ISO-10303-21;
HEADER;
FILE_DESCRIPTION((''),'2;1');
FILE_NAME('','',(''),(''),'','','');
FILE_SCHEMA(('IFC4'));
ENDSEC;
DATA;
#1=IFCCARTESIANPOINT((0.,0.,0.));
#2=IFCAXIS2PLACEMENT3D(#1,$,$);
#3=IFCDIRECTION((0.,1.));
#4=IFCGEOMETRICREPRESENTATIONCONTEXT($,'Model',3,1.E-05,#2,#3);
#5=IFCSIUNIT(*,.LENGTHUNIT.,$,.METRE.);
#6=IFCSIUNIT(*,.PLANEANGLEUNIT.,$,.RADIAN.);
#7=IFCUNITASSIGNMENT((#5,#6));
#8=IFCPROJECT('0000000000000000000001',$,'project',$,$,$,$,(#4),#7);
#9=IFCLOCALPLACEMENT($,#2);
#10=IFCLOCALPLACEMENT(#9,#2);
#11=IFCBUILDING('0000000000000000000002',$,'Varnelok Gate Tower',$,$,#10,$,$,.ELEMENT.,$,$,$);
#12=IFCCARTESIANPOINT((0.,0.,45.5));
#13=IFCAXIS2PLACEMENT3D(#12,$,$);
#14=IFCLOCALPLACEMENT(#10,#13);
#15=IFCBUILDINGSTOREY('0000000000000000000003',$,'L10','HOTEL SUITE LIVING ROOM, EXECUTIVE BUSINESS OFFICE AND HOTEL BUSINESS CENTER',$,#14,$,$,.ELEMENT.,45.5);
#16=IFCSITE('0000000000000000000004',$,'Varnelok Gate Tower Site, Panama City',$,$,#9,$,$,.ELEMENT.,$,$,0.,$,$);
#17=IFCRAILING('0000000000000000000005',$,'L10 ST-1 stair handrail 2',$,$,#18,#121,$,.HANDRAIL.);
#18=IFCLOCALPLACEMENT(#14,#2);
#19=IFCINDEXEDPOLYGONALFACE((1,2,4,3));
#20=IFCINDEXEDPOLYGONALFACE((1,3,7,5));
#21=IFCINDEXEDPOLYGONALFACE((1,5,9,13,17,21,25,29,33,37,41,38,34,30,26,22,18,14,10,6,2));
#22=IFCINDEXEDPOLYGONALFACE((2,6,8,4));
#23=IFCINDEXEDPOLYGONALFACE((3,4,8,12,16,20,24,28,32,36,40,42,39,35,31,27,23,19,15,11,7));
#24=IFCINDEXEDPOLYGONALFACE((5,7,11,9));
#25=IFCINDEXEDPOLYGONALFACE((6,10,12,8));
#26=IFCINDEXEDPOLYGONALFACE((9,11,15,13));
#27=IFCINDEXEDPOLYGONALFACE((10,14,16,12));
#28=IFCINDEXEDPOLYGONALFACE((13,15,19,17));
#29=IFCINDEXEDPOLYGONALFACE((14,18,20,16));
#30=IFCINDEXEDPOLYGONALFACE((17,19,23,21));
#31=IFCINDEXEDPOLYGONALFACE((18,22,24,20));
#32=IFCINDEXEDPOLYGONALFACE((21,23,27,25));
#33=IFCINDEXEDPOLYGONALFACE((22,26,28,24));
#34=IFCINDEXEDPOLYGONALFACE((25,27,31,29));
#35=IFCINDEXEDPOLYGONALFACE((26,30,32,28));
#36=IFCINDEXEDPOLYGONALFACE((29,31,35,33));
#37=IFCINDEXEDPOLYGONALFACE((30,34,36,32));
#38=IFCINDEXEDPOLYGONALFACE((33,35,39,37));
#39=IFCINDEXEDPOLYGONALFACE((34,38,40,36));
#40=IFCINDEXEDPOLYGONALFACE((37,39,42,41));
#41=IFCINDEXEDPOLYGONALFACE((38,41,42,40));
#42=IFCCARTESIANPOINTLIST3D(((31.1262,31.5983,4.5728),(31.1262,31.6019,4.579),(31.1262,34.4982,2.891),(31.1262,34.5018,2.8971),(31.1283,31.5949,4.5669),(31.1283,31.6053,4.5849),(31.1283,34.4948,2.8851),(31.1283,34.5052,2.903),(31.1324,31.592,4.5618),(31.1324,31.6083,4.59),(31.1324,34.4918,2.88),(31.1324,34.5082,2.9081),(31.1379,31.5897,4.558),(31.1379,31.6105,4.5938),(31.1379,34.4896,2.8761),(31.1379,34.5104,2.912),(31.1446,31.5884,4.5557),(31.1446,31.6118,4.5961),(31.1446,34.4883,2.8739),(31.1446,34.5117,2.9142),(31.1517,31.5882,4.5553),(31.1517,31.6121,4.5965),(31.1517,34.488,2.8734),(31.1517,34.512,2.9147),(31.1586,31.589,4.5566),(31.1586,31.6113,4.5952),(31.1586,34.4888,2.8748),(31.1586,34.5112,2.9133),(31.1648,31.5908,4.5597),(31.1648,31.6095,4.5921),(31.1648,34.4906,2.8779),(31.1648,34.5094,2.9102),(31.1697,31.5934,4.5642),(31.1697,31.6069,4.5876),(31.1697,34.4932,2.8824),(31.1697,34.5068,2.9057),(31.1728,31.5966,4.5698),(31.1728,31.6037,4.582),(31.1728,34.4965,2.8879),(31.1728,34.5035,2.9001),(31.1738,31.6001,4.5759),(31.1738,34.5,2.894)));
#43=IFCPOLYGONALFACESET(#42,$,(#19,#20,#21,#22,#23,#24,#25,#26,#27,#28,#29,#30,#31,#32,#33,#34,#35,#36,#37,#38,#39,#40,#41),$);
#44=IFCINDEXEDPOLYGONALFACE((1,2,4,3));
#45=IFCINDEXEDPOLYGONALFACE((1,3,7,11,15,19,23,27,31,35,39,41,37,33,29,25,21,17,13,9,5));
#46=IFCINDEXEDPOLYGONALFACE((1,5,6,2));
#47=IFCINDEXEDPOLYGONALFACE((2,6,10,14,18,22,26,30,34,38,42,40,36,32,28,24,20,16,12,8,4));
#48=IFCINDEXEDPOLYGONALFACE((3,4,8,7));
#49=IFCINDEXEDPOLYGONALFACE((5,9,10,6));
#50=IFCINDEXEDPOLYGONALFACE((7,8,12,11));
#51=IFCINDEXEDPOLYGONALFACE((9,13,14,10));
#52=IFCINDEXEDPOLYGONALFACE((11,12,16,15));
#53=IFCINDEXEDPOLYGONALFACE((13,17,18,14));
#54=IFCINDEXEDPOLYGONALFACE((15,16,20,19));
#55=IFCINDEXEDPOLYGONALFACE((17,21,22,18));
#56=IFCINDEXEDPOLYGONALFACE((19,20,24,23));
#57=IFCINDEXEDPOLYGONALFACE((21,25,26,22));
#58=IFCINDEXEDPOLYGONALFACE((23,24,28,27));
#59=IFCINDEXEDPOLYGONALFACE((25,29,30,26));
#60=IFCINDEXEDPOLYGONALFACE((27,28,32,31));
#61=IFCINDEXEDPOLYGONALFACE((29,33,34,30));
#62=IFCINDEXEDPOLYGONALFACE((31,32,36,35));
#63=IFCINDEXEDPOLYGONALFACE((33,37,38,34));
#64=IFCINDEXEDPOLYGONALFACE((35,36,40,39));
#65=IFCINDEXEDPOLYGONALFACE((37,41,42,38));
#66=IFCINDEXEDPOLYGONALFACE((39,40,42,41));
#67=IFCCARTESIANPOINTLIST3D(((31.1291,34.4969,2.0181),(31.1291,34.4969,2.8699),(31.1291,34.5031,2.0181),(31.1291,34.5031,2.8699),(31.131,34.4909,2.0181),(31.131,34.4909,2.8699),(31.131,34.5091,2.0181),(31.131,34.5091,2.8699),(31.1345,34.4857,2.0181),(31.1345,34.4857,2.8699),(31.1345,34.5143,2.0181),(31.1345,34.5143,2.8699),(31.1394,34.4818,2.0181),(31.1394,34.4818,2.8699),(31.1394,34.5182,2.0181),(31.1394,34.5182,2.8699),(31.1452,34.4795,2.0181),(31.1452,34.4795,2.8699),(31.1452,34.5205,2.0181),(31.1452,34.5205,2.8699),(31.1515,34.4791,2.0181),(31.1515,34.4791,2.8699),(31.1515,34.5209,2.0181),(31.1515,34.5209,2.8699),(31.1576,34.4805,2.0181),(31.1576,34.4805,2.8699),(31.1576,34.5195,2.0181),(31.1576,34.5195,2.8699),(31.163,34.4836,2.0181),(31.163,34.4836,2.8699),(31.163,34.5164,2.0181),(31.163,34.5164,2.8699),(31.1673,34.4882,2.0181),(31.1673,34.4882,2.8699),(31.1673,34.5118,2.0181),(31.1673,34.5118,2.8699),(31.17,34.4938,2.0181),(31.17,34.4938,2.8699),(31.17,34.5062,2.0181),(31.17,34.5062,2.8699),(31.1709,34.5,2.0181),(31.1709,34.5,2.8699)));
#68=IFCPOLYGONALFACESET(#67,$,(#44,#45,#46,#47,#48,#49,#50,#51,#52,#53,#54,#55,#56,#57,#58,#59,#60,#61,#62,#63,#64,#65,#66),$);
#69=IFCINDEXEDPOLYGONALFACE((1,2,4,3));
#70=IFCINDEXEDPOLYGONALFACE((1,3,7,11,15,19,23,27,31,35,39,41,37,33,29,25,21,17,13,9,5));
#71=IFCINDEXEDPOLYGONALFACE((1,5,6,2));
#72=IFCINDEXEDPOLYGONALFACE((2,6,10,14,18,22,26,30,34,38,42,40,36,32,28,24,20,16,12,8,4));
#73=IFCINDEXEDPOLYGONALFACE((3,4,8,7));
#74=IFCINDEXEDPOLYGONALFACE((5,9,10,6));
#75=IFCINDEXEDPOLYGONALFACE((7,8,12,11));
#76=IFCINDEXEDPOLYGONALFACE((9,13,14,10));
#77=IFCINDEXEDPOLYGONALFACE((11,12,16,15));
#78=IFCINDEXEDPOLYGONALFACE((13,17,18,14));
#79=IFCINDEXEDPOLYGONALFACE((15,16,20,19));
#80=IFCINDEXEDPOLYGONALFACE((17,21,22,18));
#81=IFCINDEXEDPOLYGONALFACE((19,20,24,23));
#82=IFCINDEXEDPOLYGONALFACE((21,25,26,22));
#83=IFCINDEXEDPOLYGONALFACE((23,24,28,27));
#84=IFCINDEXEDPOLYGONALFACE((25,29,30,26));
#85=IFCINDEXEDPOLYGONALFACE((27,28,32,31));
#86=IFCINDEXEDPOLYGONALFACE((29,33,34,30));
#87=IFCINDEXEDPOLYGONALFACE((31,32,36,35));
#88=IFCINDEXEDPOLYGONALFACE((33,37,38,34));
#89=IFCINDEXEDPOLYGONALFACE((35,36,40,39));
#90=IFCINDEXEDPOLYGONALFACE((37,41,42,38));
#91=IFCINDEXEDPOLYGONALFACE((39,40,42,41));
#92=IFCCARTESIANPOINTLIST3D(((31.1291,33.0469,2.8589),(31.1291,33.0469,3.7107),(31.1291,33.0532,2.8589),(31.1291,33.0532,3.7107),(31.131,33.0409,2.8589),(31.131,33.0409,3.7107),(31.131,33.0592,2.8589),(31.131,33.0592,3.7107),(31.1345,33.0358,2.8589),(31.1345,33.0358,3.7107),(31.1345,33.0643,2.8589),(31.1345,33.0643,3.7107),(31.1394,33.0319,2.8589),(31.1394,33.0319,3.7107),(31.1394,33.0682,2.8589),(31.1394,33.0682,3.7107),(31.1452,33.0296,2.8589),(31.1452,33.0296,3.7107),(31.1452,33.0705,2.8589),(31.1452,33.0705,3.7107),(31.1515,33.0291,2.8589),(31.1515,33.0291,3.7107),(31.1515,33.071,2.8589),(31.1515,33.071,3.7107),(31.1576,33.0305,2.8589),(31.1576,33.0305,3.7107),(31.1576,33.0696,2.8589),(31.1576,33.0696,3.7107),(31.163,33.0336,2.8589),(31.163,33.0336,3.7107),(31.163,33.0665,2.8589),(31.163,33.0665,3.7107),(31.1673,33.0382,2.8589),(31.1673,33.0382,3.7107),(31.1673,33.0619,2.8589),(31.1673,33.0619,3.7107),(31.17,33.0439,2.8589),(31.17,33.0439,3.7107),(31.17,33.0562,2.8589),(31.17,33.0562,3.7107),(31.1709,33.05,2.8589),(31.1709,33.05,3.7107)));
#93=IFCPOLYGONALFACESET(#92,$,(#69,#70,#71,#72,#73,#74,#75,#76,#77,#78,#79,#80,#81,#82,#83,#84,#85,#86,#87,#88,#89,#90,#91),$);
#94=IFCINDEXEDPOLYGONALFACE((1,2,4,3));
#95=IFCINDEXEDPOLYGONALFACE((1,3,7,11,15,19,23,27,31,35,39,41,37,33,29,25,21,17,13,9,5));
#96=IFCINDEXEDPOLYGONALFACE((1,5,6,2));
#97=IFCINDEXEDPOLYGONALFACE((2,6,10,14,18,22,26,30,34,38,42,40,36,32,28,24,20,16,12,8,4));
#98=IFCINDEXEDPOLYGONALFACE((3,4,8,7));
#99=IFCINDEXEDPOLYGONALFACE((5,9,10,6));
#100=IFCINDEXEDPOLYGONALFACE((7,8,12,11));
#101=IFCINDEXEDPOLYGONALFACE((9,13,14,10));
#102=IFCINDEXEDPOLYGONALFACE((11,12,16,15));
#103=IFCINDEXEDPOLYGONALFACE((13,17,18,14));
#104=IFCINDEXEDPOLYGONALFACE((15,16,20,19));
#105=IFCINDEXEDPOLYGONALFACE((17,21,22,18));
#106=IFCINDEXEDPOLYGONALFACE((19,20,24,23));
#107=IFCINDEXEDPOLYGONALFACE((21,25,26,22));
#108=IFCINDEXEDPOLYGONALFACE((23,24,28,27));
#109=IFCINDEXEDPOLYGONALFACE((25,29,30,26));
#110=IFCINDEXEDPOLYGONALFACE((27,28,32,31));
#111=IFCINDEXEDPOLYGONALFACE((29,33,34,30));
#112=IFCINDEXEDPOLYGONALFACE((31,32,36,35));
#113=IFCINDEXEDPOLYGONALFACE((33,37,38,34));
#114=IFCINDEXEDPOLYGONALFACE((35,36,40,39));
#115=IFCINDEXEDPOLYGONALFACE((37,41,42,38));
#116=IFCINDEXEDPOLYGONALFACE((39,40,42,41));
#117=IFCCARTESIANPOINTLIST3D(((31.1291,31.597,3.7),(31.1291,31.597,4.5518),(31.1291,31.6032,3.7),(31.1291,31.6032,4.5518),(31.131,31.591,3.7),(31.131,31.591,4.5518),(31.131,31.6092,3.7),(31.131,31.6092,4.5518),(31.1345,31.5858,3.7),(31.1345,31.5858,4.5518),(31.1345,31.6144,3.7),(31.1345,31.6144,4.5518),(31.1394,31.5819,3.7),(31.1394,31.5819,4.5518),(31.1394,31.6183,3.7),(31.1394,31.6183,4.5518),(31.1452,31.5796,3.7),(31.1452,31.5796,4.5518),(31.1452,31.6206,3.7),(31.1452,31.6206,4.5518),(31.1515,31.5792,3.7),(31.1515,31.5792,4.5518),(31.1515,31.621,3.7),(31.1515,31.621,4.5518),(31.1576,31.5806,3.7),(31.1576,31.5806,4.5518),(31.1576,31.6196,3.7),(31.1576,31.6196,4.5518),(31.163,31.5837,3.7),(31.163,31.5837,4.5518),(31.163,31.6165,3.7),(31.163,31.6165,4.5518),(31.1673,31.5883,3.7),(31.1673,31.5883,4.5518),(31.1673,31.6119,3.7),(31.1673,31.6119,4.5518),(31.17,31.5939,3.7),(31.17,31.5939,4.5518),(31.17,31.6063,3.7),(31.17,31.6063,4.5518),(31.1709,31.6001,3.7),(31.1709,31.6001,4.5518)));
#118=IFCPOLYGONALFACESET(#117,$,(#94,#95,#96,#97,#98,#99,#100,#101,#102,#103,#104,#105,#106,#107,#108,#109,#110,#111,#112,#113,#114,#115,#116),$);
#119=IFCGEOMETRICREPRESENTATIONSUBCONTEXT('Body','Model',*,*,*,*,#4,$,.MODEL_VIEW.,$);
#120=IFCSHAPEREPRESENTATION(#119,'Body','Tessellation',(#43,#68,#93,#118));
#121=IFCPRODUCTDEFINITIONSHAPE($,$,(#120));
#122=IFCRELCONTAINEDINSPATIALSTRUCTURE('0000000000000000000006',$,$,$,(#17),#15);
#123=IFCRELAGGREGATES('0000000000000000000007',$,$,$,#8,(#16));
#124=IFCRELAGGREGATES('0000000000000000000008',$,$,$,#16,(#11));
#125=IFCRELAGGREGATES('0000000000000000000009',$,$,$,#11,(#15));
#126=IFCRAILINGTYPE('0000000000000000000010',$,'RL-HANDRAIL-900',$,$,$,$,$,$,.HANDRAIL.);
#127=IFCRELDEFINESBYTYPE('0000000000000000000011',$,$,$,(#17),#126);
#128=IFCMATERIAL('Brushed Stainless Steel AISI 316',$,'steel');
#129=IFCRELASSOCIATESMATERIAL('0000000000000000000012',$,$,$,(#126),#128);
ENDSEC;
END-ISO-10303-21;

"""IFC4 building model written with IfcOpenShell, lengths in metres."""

from ifc_helpers import new_model, si_unit, direction, frame, origin, origin_2d, place, context, subcontext, project, spatial, circle, extrude, material, type_object, element, save


model = new_model("IFC4")

# Units and contexts
model_context = context("Model", 3, precision=1e-05, world=origin(), true_north=direction((0.0, 1.0)))
body_context = subcontext(model_context, "Body", "Model", "MODEL_VIEW")
ifc_project = project(units=[si_unit("LENGTHUNIT", "METRE"), si_unit("PLANEANGLEUNIT", "RADIAN")], contexts=[model_context])

# Site, building, storey
site_placement = place(None, origin())
site = spatial("IfcSite", under=ifc_project, at=site_placement, Name="Varnelok Gate Tower Site, Panama City", CompositionType="ELEMENT", RefElevation=0.0)
building_placement = place(site_placement, origin())
building = spatial("IfcBuilding", under=site, at=building_placement, Name="Varnelok Gate Tower", CompositionType="ELEMENT")
storey_placement = place(building_placement, frame((0.0, 0.0, 45.5)))
storey = spatial("IfcBuildingStorey", under=building, at=storey_placement, Name="L10", Description="HOTEL SUITE LIVING ROOM, EXECUTIVE BUSINESS OFFICE AND HOTEL BUSINESS CENTER", CompositionType="ELEMENT", Elevation=45.5)

# Railing
ifc_material_1 = material(Name="Brushed Stainless Steel AISI 316", Category="steel")
railing_type_1 = type_object("IfcRailingType", Name="RL-HANDRAIL-900", PredefinedType="HANDRAIL", material=ifc_material_1)
railing_1_placement = place(storey_placement, frame((31.1499, 34.5, 2.0181)))
element("IfcRailing", 1, at=railing_1_placement, inside=storey, type_object=railing_type_1, Name="L10 ST-1 stair handrail 2", PredefinedType="HANDRAIL", context=body_context, shape_type="SweptSolid", body=[
    extrude(circle(Radius=0.0239, at=origin_2d()), frame((0.0, 0.0, 0.876), z_axis=(0.0, -0.865039, 0.501705), x_axis=(1.0, 0.0, 0.0)), (0.0, 0.0, 1.0), 3.3523),
    extrude(circle(Radius=0.021, at=origin_2d()), origin(), (0.0, 0.0, 1.0), 0.8518),
    extrude(circle(Radius=0.021, at=origin_2d()), frame((0.0, -1.45, 0.8408)), (0.0, 0.0, 1.0), 0.8518),
    extrude(circle(Radius=0.021, at=origin_2d()), frame((0.0, -2.8999, 1.6819)), (0.0, 0.0, 1.0), 0.8518),
])

save(model, "model.ifc")
